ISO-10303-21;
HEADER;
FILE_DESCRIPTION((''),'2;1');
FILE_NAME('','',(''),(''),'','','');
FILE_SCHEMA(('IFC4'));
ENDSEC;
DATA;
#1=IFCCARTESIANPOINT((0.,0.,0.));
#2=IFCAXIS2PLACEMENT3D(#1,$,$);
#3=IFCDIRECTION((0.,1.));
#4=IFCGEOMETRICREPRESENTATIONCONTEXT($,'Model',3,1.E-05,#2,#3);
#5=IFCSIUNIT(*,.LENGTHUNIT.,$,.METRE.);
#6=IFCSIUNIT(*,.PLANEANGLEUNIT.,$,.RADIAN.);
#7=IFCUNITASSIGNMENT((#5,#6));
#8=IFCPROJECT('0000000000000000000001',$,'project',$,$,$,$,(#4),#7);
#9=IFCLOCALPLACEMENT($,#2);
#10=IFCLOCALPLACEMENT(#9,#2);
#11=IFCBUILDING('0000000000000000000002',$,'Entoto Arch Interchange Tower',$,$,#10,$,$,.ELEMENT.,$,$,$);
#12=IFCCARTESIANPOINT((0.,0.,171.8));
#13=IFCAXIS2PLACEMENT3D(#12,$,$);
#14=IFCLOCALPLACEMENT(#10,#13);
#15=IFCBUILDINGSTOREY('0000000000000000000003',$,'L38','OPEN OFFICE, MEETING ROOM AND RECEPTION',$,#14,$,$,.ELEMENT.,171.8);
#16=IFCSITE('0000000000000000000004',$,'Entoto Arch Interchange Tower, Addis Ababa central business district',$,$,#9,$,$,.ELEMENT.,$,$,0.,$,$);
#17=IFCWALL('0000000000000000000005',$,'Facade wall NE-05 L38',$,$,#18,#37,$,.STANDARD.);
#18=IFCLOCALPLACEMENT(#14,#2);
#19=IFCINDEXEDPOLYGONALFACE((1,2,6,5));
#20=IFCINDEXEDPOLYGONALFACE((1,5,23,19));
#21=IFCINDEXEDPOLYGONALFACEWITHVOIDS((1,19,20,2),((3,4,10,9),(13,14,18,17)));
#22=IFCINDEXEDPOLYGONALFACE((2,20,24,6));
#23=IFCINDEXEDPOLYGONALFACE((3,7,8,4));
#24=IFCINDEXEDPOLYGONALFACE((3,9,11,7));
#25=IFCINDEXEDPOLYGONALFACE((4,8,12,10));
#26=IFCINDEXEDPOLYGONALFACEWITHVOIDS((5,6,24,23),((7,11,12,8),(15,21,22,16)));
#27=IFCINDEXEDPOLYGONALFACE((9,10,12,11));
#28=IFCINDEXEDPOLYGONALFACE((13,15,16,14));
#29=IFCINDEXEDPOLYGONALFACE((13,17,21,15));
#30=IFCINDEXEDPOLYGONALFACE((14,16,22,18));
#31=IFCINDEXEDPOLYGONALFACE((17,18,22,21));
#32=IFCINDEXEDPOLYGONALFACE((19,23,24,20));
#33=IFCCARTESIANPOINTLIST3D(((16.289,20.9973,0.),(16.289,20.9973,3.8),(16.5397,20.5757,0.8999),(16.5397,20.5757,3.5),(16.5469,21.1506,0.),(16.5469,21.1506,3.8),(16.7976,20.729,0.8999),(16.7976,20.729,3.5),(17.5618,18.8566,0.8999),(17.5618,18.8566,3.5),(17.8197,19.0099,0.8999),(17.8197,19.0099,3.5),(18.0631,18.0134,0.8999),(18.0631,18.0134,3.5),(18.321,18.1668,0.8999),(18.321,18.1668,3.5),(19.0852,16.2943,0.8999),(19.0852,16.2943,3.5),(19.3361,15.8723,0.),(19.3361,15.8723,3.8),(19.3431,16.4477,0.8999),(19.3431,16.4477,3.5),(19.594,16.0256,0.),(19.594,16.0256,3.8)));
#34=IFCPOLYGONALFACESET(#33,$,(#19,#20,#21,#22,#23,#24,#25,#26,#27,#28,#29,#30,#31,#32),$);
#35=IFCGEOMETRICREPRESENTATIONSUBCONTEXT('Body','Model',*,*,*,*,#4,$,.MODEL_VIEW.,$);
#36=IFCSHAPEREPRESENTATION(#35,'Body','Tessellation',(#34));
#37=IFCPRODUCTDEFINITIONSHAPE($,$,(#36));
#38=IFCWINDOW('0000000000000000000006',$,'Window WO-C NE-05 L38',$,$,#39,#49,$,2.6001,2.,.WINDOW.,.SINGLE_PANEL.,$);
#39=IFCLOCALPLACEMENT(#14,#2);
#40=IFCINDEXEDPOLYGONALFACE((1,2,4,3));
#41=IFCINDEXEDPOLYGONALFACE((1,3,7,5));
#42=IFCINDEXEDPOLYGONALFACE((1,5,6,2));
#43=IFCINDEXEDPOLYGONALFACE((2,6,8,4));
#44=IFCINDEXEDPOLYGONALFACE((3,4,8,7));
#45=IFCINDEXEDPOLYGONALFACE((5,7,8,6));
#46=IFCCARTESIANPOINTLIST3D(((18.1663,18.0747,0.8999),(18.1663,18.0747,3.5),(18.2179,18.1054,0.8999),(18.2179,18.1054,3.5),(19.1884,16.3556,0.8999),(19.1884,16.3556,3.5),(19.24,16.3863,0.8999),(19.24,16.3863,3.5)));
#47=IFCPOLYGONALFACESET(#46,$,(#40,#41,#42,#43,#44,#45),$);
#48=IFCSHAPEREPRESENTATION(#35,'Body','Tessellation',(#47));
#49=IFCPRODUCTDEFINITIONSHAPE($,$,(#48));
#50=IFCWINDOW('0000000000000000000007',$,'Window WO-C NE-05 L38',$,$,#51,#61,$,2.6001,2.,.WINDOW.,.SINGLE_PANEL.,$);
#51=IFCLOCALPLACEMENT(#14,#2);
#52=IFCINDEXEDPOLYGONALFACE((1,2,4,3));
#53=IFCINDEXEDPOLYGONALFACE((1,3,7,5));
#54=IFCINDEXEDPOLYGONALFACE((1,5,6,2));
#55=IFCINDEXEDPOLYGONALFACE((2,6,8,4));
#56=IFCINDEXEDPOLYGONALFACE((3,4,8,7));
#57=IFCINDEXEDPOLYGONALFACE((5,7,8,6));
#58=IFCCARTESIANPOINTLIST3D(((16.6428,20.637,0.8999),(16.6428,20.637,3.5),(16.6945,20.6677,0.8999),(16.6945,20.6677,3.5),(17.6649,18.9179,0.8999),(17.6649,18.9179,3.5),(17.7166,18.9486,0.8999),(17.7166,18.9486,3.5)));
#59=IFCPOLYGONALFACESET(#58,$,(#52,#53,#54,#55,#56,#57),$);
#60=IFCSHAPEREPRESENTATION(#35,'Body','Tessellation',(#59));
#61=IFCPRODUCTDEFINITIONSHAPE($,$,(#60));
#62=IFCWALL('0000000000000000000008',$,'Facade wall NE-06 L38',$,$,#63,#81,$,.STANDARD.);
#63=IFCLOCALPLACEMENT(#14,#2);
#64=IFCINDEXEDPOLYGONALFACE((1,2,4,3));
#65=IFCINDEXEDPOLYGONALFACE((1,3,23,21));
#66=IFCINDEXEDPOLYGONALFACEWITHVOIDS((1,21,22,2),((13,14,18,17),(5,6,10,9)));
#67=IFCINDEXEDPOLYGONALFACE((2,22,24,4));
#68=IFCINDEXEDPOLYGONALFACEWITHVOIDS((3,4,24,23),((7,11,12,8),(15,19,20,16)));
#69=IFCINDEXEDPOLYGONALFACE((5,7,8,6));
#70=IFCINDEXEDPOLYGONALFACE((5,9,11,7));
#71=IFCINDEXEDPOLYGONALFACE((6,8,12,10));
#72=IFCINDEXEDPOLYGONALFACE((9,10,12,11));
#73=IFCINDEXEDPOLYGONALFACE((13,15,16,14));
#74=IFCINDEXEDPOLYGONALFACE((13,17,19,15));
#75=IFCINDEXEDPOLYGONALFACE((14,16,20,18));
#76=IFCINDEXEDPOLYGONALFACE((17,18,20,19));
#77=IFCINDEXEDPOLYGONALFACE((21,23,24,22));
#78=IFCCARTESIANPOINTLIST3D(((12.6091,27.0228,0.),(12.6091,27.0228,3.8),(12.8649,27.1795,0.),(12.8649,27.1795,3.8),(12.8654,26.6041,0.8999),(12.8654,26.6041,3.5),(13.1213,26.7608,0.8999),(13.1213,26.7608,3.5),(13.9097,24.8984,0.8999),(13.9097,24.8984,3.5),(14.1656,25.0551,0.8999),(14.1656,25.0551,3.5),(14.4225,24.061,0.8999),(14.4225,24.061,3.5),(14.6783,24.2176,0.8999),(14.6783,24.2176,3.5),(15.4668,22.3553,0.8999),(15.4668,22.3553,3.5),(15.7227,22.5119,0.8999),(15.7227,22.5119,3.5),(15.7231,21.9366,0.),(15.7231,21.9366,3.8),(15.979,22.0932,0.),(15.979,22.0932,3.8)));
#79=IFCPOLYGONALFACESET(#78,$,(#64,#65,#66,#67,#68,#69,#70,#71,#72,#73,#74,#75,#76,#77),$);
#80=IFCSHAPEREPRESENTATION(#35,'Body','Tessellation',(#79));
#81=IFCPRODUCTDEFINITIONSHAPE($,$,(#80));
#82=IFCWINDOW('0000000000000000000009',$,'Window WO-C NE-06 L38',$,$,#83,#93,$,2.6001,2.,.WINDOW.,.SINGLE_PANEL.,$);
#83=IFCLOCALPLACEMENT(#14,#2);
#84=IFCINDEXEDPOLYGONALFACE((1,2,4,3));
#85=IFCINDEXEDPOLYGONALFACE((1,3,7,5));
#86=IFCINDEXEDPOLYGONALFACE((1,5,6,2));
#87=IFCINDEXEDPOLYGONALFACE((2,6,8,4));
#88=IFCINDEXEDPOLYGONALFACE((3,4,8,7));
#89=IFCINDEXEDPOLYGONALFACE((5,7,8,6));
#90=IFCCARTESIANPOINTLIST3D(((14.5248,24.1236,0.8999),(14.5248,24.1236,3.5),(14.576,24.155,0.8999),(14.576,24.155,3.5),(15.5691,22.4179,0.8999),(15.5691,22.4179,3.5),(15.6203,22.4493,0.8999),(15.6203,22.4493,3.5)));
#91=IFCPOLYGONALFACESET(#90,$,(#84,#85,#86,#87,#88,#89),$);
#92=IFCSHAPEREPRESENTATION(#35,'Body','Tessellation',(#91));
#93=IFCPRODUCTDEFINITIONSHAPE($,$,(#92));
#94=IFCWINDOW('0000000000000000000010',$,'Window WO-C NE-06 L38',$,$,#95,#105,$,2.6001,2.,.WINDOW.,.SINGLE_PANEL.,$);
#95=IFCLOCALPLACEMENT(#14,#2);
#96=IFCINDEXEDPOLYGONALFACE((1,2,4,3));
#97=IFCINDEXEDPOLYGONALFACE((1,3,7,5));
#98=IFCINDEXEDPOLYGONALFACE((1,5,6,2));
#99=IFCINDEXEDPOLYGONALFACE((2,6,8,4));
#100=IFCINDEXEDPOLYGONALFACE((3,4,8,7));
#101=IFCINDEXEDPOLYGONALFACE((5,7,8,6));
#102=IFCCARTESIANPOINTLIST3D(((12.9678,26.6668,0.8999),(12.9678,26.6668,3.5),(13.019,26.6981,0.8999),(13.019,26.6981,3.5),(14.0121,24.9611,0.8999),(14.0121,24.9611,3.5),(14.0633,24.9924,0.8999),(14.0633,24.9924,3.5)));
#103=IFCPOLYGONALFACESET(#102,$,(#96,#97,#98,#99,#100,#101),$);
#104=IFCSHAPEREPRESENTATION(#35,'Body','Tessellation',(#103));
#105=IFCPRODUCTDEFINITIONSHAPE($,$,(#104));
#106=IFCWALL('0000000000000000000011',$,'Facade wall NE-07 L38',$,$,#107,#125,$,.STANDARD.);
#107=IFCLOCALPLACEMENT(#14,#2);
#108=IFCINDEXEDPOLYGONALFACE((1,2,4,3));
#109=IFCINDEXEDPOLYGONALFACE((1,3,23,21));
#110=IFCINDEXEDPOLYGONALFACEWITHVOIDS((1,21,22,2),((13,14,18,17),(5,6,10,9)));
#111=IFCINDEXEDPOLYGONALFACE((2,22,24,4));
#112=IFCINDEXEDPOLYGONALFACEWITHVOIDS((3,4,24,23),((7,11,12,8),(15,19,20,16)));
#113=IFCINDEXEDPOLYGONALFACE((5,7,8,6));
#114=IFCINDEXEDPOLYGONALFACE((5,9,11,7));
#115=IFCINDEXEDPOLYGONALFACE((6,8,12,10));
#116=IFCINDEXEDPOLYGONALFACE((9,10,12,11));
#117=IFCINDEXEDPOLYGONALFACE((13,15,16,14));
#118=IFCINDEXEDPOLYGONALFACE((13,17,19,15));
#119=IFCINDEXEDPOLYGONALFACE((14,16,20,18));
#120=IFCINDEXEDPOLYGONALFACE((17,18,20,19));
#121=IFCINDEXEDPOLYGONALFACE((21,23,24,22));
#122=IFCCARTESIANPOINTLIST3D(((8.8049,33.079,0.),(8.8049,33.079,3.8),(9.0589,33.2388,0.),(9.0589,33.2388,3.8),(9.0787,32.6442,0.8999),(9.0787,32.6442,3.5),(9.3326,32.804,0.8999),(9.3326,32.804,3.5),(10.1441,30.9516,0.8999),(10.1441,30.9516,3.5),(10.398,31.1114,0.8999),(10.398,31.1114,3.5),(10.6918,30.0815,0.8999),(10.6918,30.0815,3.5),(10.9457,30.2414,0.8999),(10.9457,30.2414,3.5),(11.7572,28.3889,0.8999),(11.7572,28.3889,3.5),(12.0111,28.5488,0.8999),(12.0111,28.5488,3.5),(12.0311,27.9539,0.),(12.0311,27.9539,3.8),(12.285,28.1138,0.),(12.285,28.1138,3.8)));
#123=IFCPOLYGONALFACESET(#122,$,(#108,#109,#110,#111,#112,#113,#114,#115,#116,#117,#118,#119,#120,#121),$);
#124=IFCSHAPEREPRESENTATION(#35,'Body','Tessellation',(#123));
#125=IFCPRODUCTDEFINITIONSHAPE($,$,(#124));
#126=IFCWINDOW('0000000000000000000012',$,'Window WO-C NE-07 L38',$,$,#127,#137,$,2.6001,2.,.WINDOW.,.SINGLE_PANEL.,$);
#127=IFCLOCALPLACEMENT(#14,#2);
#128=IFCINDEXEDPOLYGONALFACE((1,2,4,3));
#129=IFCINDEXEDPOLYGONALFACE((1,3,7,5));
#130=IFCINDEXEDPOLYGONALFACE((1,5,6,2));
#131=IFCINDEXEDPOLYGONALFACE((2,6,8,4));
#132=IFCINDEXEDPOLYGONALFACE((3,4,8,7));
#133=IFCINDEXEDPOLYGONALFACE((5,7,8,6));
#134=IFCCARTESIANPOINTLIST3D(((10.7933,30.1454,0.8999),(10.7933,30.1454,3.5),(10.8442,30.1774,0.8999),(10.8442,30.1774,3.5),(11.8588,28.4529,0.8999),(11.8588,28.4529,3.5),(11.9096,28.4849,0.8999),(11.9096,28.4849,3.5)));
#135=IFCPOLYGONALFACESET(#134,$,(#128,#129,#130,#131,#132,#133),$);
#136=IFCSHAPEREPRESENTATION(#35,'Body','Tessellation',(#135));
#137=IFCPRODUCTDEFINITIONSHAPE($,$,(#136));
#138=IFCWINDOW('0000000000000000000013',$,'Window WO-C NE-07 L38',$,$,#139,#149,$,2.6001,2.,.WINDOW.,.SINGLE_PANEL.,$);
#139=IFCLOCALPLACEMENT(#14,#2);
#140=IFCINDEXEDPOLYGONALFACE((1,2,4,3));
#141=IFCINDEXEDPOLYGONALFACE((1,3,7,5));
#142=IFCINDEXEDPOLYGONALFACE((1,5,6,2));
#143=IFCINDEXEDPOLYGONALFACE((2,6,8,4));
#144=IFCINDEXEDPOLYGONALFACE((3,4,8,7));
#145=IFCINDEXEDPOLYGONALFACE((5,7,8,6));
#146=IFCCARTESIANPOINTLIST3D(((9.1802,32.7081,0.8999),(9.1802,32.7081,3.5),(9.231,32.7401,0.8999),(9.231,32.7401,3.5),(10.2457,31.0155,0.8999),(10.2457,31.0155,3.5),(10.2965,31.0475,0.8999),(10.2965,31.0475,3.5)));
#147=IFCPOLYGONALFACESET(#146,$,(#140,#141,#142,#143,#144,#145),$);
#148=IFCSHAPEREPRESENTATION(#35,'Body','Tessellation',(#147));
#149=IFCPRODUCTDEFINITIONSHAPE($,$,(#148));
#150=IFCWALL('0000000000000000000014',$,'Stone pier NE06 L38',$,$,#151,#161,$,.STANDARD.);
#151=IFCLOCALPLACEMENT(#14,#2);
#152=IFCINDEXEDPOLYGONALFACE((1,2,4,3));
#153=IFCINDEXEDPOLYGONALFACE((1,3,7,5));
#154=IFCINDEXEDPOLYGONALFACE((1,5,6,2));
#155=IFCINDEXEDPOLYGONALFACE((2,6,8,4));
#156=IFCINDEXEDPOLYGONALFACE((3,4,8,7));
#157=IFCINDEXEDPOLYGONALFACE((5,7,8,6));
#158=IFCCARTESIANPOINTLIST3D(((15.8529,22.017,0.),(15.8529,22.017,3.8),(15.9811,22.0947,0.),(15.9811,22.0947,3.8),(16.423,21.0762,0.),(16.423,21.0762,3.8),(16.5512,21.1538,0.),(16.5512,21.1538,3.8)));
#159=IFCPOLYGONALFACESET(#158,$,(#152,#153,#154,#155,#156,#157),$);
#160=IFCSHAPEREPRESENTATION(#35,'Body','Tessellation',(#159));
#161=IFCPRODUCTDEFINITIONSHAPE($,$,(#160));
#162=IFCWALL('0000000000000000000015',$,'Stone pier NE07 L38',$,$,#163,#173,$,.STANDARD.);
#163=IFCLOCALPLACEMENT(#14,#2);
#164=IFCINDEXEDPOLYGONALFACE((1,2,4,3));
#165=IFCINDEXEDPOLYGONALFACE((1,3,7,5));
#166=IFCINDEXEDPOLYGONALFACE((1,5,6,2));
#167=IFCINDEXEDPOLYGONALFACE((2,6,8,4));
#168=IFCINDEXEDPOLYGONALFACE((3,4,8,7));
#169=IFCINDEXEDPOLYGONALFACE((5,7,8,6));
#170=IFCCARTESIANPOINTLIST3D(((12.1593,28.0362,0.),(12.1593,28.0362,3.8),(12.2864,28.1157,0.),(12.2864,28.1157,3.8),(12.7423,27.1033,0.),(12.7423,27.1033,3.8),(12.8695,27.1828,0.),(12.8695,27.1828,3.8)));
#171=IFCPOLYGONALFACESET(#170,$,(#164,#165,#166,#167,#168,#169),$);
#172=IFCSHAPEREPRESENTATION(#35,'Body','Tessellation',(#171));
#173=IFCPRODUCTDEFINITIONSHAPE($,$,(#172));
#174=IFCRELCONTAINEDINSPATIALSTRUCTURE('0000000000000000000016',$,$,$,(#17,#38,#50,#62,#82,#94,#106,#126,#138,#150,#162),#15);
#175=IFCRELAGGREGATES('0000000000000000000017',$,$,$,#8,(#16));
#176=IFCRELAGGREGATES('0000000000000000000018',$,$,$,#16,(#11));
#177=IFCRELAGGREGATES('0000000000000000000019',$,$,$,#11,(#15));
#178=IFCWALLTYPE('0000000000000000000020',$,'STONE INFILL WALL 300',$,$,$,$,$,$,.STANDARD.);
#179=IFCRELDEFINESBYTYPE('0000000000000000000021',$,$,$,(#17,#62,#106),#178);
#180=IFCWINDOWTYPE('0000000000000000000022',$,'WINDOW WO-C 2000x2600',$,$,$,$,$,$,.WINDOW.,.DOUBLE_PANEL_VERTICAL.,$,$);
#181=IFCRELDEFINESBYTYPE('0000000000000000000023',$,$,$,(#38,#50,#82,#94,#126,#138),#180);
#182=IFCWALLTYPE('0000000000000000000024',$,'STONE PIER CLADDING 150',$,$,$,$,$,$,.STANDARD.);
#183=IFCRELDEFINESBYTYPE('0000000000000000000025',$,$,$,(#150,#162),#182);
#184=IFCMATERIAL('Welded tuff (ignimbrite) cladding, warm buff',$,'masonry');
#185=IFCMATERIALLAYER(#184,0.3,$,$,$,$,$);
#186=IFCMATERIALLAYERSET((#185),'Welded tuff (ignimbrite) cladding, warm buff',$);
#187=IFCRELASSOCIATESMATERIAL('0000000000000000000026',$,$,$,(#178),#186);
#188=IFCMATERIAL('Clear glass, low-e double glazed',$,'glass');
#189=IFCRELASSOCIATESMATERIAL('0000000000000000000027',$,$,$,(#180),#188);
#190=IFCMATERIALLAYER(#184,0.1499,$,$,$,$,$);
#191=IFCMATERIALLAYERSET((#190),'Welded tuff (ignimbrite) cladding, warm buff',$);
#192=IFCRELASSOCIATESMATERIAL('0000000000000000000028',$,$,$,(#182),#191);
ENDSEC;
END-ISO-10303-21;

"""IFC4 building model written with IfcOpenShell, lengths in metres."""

from ifc_helpers import new_model, si_unit, direction, frame, frame_2d, origin, place, context, subcontext, project, spatial, rectangle, extrude, material, layer, layer_set, type_object, element, fill, save


model = new_model("IFC4")

# Units and contexts
model_context = context("Model", 3, precision=1e-05, world=origin(), true_north=direction((0.0, 1.0)))
body_context = subcontext(model_context, "Body", "Model", "MODEL_VIEW")
ifc_project = project(units=[si_unit("LENGTHUNIT", "METRE"), si_unit("PLANEANGLEUNIT", "RADIAN")], contexts=[model_context])

# Site, building, storey
site_placement = place(None, origin())
site = spatial("IfcSite", under=ifc_project, at=site_placement, Name="Entoto Arch Interchange Tower, Addis Ababa central business district", CompositionType="ELEMENT", RefElevation=0.0)
building_placement = place(site_placement, origin())
building = spatial("IfcBuilding", under=site, at=building_placement, Name="Entoto Arch Interchange Tower", CompositionType="ELEMENT")
storey_placement = place(building_placement, frame((0.0, 0.0, 171.8)))
storey = spatial("IfcBuildingStorey", under=building, at=storey_placement, Name="L38", Description="OPEN OFFICE, MEETING ROOM AND RECEPTION", CompositionType="ELEMENT", Elevation=171.8)

# Walls, openings, windows
ifc_material_1 = material(Name="Welded tuff (ignimbrite) cladding, warm buff", Category="masonry")
ifc_layer_1 = layer(ifc_material_1, 0.3)
ifc_layer_set_1 = layer_set([ifc_layer_1], Name="Welded tuff (ignimbrite) cladding, warm buff")
wall_type_1 = type_object("IfcWallType", Name="STONE INFILL WALL 300", PredefinedType="STANDARD", material=ifc_layer_set_1)
wall_1_placement = place(storey_placement, frame((19.4651, 15.949, 0.0), z_axis=(0.0, 0.0, 1.0), x_axis=(-0.511053, 0.859549, 0.0)))
wall_1 = element("IfcWall", 1, at=wall_1_placement, inside=storey, type_object=wall_type_1, Name="Facade wall NE-05 L38", PredefinedType="STANDARD", context=body_context, shape_type="SweptSolid", body=[
    extrude(rectangle(XDim=5.9624, YDim=0.3, at=frame_2d((2.9812, 0.0))), origin(), (0.0, 0.0, 1.0), 3.8),
])
opening_1_placement = place(wall_1_placement, frame((0.491, 0.0, 0.8999)))
opening_1 = element("IfcOpeningElement", 2, at=opening_1_placement, cuts=wall_1, PredefinedType="OPENING", context=body_context, shape_type="SweptSolid", body=[
    extrude(rectangle(XDim=2.0, YDim=2.6001, at=frame_2d((1.0, 1.3))), frame((0.0, 0.1602, 0.0), z_axis=(0.0, -1.0, 0.0), x_axis=(1.0, 0.0, 0.0)), (0.0, 0.0, 1.0), 0.3201),
])
opening_2_placement = place(wall_1_placement, frame((3.4719, 0.0, 0.8999)))
opening_2 = element("IfcOpeningElement", 3, at=opening_2_placement, cuts=wall_1, PredefinedType="OPENING", context=body_context, shape_type="SweptSolid", body=[
    extrude(rectangle(XDim=2.0, YDim=2.6001, at=frame_2d((1.0, 1.3))), frame((0.0, 0.1602, 0.0), z_axis=(0.0, -1.0, 0.0), x_axis=(1.0, 0.0, 0.0)), (0.0, 0.0, 1.0), 0.3201),
])
ifc_material_2 = material(Name="Clear glass, low-e double glazed", Category="glass")
window_type = type_object("IfcWindowType", Name="WINDOW WO-C 2000x2600", PartitioningType="DOUBLE_PANEL_VERTICAL", PredefinedType="WINDOW", material=ifc_material_2)
window_1_placement = place(opening_1_placement, origin())
window_1 = element("IfcWindow", 4, at=window_1_placement, inside=storey, type_object=window_type, Name="Window WO-C NE-05 L38", OverallHeight=2.6001, OverallWidth=2.0, PartitioningType="SINGLE_PANEL", PredefinedType="WINDOW", context=body_context, shape_type="SweptSolid", body=[
    extrude(rectangle(XDim=2.0, YDim=2.6001, at=frame_2d((1.0, 1.3))), frame((0.0, 0.03, 0.0), z_axis=(0.0, -1.0, 0.0), x_axis=(1.0, 0.0, 0.0)), (0.0, 0.0, 1.0), 0.0601),
])
fill(opening_1, window_1)
window_2_placement = place(opening_2_placement, origin())
window_2 = element("IfcWindow", 5, at=window_2_placement, inside=storey, type_object=window_type, Name="Window WO-C NE-05 L38", OverallHeight=2.6001, OverallWidth=2.0, PartitioningType="SINGLE_PANEL", PredefinedType="WINDOW", context=body_context, shape_type="SweptSolid", body=[
    extrude(rectangle(XDim=2.0, YDim=2.6001, at=frame_2d((1.0, 1.3))), frame((0.0, 0.03, 0.0), z_axis=(0.0, -1.0, 0.0), x_axis=(1.0, 0.0, 0.0)), (0.0, 0.0, 1.0), 0.0601),
])
fill(opening_2, window_2)
wall_2_placement = place(storey_placement, frame((15.8511, 22.0149, 0.0), z_axis=(0.0, 0.0, 1.0), x_axis=(-0.522157, 0.852849, 0.0)))
wall_2 = element("IfcWall", 6, at=wall_2_placement, inside=storey, type_object=wall_type_1, Name="Facade wall NE-06 L38", PredefinedType="STANDARD", context=body_context, shape_type="SweptSolid", body=[
    extrude(rectangle(XDim=5.9639, YDim=0.3, at=frame_2d((2.9819, 0.0))), origin(), (0.0, 0.0, 1.0), 3.8),
])
opening_3_placement = place(wall_2_placement, frame((0.491, 0.0, 0.8999)))
opening_3 = element("IfcOpeningElement", 7, at=opening_3_placement, cuts=wall_2, PredefinedType="OPENING", context=body_context, shape_type="SweptSolid", body=[
    extrude(rectangle(XDim=2.0, YDim=2.6001, at=frame_2d((1.0, 1.3))), frame((0.0, 0.1602, 0.0), z_axis=(0.0, -1.0, 0.0), x_axis=(1.0, 0.0, 0.0)), (0.0, 0.0, 1.0), 0.3201),
])
opening_4_placement = place(wall_2_placement, frame((3.4729, 0.0, 0.8999)))
opening_4 = element("IfcOpeningElement", 8, at=opening_4_placement, cuts=wall_2, PredefinedType="OPENING", context=body_context, shape_type="SweptSolid", body=[
    extrude(rectangle(XDim=2.0, YDim=2.6001, at=frame_2d((1.0, 1.3))), frame((0.0, 0.1602, 0.0), z_axis=(0.0, -1.0, 0.0), x_axis=(1.0, 0.0, 0.0)), (0.0, 0.0, 1.0), 0.3201),
])
window_3_placement = place(opening_3_placement, origin())
window_3 = element("IfcWindow", 9, at=window_3_placement, inside=storey, type_object=window_type, Name="Window WO-C NE-06 L38", OverallHeight=2.6001, OverallWidth=2.0, PartitioningType="SINGLE_PANEL", PredefinedType="WINDOW", context=body_context, shape_type="SweptSolid", body=[
    extrude(rectangle(XDim=2.0, YDim=2.6001, at=frame_2d((1.0, 1.3))), frame((0.0, 0.03, 0.0), z_axis=(0.0, -1.0, 0.0), x_axis=(1.0, 0.0, 0.0)), (0.0, 0.0, 1.0), 0.0601),
])
fill(opening_3, window_3)
window_4_placement = place(opening_4_placement, origin())
window_4 = element("IfcWindow", 10, at=window_4_placement, inside=storey, type_object=window_type, Name="Window WO-C NE-06 L38", OverallHeight=2.6001, OverallWidth=2.0, PartitioningType="SINGLE_PANEL", PredefinedType="WINDOW", context=body_context, shape_type="SweptSolid", body=[
    extrude(rectangle(XDim=2.0, YDim=2.6001, at=frame_2d((1.0, 1.3))), frame((0.0, 0.03, 0.0), z_axis=(0.0, -1.0, 0.0), x_axis=(1.0, 0.0, 0.0)), (0.0, 0.0, 1.0), 0.0601),
])
fill(opening_4, window_4)
wall_3_placement = place(storey_placement, frame((12.158, 28.0339, 0.0), z_axis=(0.0, 0.0, 1.0), x_axis=(-0.532721, 0.846291, 0.0)))
wall_3 = element("IfcWall", 11, at=wall_3_placement, inside=storey, type_object=wall_type_1, Name="Facade wall NE-07 L38", PredefinedType="STANDARD", context=body_context, shape_type="SweptSolid", body=[
    extrude(rectangle(XDim=6.0559, YDim=0.3, at=frame_2d((3.0278, 0.0))), origin(), (0.0, 0.0, 1.0), 3.8),
])
opening_5_placement = place(wall_3_placement, frame((0.5139, 0.0, 0.8999)))
opening_5 = element("IfcOpeningElement", 12, at=opening_5_placement, cuts=wall_3, PredefinedType="OPENING", context=body_context, shape_type="SweptSolid", body=[
    extrude(rectangle(XDim=2.0, YDim=2.6001, at=frame_2d((1.0, 1.3))), frame((0.0, 0.1602, 0.0), z_axis=(0.0, -1.0, 0.0), x_axis=(1.0, 0.0, 0.0)), (0.0, 0.0, 1.0), 0.3201),
])
opening_6_placement = place(wall_3_placement, frame((3.542, 0.0, 0.8999)))
opening_6 = element("IfcOpeningElement", 13, at=opening_6_placement, cuts=wall_3, PredefinedType="OPENING", context=body_context, shape_type="SweptSolid", body=[
    extrude(rectangle(XDim=2.0, YDim=2.6001, at=frame_2d((1.0, 1.3))), frame((0.0, 0.1602, 0.0), z_axis=(0.0, -1.0, 0.0), x_axis=(1.0, 0.0, 0.0)), (0.0, 0.0, 1.0), 0.3201),
])
window_5_placement = place(opening_5_placement, origin())
window_5 = element("IfcWindow", 14, at=window_5_placement, inside=storey, type_object=window_type, Name="Window WO-C NE-07 L38", OverallHeight=2.6001, OverallWidth=2.0, PartitioningType="SINGLE_PANEL", PredefinedType="WINDOW", context=body_context, shape_type="SweptSolid", body=[
    extrude(rectangle(XDim=2.0, YDim=2.6001, at=frame_2d((1.0, 1.3))), frame((0.0, 0.03, 0.0), z_axis=(0.0, -1.0, 0.0), x_axis=(1.0, 0.0, 0.0)), (0.0, 0.0, 1.0), 0.0601),
])
fill(opening_5, window_5)
window_6_placement = place(opening_6_placement, origin())
window_6 = element("IfcWindow", 15, at=window_6_placement, inside=storey, type_object=window_type, Name="Window WO-C NE-07 L38", OverallHeight=2.6001, OverallWidth=2.0, PartitioningType="SINGLE_PANEL", PredefinedType="WINDOW", context=body_context, shape_type="SweptSolid", body=[
    extrude(rectangle(XDim=2.0, YDim=2.6001, at=frame_2d((1.0, 1.3))), frame((0.0, 0.03, 0.0), z_axis=(0.0, -1.0, 0.0), x_axis=(1.0, 0.0, 0.0)), (0.0, 0.0, 1.0), 0.0601),
])
fill(opening_6, window_6)

# Walls
ifc_layer_2 = layer(ifc_material_1, 0.1499)
ifc_layer_set_2 = layer_set([ifc_layer_2], Name="Welded tuff (ignimbrite) cladding, warm buff")
wall_type_2 = type_object("IfcWallType", Name="STONE PIER CLADDING 150", PredefinedType="STANDARD", material=ifc_layer_set_2)
for number, where, z_axis, x_axis, name in (
    (16, (16.4871, 21.115, 0.0), (0.0, 0.0, 1.0), (-0.518179, 0.855272, 0.0), "Stone pier NE06 L38"),
    (17, (12.8059, 27.1431, 0.0), (0.0, 0.0, 1.0), (-0.529979, 0.848011, 0.0), "Stone pier NE07 L38"),
):
    element("IfcWall", number, at=place(storey_placement, frame(where, z_axis=z_axis, x_axis=x_axis)), inside=storey, type_object=wall_type_2, Name=name, PredefinedType="STANDARD", context=body_context, shape_type="SweptSolid", body=[
        extrude(rectangle(XDim=1.1001, YDim=0.1499, at=frame_2d((0.55, 0.0))), origin(), (0.0, 0.0, 1.0), 3.8),
    ])

save(model, "model.ifc")
